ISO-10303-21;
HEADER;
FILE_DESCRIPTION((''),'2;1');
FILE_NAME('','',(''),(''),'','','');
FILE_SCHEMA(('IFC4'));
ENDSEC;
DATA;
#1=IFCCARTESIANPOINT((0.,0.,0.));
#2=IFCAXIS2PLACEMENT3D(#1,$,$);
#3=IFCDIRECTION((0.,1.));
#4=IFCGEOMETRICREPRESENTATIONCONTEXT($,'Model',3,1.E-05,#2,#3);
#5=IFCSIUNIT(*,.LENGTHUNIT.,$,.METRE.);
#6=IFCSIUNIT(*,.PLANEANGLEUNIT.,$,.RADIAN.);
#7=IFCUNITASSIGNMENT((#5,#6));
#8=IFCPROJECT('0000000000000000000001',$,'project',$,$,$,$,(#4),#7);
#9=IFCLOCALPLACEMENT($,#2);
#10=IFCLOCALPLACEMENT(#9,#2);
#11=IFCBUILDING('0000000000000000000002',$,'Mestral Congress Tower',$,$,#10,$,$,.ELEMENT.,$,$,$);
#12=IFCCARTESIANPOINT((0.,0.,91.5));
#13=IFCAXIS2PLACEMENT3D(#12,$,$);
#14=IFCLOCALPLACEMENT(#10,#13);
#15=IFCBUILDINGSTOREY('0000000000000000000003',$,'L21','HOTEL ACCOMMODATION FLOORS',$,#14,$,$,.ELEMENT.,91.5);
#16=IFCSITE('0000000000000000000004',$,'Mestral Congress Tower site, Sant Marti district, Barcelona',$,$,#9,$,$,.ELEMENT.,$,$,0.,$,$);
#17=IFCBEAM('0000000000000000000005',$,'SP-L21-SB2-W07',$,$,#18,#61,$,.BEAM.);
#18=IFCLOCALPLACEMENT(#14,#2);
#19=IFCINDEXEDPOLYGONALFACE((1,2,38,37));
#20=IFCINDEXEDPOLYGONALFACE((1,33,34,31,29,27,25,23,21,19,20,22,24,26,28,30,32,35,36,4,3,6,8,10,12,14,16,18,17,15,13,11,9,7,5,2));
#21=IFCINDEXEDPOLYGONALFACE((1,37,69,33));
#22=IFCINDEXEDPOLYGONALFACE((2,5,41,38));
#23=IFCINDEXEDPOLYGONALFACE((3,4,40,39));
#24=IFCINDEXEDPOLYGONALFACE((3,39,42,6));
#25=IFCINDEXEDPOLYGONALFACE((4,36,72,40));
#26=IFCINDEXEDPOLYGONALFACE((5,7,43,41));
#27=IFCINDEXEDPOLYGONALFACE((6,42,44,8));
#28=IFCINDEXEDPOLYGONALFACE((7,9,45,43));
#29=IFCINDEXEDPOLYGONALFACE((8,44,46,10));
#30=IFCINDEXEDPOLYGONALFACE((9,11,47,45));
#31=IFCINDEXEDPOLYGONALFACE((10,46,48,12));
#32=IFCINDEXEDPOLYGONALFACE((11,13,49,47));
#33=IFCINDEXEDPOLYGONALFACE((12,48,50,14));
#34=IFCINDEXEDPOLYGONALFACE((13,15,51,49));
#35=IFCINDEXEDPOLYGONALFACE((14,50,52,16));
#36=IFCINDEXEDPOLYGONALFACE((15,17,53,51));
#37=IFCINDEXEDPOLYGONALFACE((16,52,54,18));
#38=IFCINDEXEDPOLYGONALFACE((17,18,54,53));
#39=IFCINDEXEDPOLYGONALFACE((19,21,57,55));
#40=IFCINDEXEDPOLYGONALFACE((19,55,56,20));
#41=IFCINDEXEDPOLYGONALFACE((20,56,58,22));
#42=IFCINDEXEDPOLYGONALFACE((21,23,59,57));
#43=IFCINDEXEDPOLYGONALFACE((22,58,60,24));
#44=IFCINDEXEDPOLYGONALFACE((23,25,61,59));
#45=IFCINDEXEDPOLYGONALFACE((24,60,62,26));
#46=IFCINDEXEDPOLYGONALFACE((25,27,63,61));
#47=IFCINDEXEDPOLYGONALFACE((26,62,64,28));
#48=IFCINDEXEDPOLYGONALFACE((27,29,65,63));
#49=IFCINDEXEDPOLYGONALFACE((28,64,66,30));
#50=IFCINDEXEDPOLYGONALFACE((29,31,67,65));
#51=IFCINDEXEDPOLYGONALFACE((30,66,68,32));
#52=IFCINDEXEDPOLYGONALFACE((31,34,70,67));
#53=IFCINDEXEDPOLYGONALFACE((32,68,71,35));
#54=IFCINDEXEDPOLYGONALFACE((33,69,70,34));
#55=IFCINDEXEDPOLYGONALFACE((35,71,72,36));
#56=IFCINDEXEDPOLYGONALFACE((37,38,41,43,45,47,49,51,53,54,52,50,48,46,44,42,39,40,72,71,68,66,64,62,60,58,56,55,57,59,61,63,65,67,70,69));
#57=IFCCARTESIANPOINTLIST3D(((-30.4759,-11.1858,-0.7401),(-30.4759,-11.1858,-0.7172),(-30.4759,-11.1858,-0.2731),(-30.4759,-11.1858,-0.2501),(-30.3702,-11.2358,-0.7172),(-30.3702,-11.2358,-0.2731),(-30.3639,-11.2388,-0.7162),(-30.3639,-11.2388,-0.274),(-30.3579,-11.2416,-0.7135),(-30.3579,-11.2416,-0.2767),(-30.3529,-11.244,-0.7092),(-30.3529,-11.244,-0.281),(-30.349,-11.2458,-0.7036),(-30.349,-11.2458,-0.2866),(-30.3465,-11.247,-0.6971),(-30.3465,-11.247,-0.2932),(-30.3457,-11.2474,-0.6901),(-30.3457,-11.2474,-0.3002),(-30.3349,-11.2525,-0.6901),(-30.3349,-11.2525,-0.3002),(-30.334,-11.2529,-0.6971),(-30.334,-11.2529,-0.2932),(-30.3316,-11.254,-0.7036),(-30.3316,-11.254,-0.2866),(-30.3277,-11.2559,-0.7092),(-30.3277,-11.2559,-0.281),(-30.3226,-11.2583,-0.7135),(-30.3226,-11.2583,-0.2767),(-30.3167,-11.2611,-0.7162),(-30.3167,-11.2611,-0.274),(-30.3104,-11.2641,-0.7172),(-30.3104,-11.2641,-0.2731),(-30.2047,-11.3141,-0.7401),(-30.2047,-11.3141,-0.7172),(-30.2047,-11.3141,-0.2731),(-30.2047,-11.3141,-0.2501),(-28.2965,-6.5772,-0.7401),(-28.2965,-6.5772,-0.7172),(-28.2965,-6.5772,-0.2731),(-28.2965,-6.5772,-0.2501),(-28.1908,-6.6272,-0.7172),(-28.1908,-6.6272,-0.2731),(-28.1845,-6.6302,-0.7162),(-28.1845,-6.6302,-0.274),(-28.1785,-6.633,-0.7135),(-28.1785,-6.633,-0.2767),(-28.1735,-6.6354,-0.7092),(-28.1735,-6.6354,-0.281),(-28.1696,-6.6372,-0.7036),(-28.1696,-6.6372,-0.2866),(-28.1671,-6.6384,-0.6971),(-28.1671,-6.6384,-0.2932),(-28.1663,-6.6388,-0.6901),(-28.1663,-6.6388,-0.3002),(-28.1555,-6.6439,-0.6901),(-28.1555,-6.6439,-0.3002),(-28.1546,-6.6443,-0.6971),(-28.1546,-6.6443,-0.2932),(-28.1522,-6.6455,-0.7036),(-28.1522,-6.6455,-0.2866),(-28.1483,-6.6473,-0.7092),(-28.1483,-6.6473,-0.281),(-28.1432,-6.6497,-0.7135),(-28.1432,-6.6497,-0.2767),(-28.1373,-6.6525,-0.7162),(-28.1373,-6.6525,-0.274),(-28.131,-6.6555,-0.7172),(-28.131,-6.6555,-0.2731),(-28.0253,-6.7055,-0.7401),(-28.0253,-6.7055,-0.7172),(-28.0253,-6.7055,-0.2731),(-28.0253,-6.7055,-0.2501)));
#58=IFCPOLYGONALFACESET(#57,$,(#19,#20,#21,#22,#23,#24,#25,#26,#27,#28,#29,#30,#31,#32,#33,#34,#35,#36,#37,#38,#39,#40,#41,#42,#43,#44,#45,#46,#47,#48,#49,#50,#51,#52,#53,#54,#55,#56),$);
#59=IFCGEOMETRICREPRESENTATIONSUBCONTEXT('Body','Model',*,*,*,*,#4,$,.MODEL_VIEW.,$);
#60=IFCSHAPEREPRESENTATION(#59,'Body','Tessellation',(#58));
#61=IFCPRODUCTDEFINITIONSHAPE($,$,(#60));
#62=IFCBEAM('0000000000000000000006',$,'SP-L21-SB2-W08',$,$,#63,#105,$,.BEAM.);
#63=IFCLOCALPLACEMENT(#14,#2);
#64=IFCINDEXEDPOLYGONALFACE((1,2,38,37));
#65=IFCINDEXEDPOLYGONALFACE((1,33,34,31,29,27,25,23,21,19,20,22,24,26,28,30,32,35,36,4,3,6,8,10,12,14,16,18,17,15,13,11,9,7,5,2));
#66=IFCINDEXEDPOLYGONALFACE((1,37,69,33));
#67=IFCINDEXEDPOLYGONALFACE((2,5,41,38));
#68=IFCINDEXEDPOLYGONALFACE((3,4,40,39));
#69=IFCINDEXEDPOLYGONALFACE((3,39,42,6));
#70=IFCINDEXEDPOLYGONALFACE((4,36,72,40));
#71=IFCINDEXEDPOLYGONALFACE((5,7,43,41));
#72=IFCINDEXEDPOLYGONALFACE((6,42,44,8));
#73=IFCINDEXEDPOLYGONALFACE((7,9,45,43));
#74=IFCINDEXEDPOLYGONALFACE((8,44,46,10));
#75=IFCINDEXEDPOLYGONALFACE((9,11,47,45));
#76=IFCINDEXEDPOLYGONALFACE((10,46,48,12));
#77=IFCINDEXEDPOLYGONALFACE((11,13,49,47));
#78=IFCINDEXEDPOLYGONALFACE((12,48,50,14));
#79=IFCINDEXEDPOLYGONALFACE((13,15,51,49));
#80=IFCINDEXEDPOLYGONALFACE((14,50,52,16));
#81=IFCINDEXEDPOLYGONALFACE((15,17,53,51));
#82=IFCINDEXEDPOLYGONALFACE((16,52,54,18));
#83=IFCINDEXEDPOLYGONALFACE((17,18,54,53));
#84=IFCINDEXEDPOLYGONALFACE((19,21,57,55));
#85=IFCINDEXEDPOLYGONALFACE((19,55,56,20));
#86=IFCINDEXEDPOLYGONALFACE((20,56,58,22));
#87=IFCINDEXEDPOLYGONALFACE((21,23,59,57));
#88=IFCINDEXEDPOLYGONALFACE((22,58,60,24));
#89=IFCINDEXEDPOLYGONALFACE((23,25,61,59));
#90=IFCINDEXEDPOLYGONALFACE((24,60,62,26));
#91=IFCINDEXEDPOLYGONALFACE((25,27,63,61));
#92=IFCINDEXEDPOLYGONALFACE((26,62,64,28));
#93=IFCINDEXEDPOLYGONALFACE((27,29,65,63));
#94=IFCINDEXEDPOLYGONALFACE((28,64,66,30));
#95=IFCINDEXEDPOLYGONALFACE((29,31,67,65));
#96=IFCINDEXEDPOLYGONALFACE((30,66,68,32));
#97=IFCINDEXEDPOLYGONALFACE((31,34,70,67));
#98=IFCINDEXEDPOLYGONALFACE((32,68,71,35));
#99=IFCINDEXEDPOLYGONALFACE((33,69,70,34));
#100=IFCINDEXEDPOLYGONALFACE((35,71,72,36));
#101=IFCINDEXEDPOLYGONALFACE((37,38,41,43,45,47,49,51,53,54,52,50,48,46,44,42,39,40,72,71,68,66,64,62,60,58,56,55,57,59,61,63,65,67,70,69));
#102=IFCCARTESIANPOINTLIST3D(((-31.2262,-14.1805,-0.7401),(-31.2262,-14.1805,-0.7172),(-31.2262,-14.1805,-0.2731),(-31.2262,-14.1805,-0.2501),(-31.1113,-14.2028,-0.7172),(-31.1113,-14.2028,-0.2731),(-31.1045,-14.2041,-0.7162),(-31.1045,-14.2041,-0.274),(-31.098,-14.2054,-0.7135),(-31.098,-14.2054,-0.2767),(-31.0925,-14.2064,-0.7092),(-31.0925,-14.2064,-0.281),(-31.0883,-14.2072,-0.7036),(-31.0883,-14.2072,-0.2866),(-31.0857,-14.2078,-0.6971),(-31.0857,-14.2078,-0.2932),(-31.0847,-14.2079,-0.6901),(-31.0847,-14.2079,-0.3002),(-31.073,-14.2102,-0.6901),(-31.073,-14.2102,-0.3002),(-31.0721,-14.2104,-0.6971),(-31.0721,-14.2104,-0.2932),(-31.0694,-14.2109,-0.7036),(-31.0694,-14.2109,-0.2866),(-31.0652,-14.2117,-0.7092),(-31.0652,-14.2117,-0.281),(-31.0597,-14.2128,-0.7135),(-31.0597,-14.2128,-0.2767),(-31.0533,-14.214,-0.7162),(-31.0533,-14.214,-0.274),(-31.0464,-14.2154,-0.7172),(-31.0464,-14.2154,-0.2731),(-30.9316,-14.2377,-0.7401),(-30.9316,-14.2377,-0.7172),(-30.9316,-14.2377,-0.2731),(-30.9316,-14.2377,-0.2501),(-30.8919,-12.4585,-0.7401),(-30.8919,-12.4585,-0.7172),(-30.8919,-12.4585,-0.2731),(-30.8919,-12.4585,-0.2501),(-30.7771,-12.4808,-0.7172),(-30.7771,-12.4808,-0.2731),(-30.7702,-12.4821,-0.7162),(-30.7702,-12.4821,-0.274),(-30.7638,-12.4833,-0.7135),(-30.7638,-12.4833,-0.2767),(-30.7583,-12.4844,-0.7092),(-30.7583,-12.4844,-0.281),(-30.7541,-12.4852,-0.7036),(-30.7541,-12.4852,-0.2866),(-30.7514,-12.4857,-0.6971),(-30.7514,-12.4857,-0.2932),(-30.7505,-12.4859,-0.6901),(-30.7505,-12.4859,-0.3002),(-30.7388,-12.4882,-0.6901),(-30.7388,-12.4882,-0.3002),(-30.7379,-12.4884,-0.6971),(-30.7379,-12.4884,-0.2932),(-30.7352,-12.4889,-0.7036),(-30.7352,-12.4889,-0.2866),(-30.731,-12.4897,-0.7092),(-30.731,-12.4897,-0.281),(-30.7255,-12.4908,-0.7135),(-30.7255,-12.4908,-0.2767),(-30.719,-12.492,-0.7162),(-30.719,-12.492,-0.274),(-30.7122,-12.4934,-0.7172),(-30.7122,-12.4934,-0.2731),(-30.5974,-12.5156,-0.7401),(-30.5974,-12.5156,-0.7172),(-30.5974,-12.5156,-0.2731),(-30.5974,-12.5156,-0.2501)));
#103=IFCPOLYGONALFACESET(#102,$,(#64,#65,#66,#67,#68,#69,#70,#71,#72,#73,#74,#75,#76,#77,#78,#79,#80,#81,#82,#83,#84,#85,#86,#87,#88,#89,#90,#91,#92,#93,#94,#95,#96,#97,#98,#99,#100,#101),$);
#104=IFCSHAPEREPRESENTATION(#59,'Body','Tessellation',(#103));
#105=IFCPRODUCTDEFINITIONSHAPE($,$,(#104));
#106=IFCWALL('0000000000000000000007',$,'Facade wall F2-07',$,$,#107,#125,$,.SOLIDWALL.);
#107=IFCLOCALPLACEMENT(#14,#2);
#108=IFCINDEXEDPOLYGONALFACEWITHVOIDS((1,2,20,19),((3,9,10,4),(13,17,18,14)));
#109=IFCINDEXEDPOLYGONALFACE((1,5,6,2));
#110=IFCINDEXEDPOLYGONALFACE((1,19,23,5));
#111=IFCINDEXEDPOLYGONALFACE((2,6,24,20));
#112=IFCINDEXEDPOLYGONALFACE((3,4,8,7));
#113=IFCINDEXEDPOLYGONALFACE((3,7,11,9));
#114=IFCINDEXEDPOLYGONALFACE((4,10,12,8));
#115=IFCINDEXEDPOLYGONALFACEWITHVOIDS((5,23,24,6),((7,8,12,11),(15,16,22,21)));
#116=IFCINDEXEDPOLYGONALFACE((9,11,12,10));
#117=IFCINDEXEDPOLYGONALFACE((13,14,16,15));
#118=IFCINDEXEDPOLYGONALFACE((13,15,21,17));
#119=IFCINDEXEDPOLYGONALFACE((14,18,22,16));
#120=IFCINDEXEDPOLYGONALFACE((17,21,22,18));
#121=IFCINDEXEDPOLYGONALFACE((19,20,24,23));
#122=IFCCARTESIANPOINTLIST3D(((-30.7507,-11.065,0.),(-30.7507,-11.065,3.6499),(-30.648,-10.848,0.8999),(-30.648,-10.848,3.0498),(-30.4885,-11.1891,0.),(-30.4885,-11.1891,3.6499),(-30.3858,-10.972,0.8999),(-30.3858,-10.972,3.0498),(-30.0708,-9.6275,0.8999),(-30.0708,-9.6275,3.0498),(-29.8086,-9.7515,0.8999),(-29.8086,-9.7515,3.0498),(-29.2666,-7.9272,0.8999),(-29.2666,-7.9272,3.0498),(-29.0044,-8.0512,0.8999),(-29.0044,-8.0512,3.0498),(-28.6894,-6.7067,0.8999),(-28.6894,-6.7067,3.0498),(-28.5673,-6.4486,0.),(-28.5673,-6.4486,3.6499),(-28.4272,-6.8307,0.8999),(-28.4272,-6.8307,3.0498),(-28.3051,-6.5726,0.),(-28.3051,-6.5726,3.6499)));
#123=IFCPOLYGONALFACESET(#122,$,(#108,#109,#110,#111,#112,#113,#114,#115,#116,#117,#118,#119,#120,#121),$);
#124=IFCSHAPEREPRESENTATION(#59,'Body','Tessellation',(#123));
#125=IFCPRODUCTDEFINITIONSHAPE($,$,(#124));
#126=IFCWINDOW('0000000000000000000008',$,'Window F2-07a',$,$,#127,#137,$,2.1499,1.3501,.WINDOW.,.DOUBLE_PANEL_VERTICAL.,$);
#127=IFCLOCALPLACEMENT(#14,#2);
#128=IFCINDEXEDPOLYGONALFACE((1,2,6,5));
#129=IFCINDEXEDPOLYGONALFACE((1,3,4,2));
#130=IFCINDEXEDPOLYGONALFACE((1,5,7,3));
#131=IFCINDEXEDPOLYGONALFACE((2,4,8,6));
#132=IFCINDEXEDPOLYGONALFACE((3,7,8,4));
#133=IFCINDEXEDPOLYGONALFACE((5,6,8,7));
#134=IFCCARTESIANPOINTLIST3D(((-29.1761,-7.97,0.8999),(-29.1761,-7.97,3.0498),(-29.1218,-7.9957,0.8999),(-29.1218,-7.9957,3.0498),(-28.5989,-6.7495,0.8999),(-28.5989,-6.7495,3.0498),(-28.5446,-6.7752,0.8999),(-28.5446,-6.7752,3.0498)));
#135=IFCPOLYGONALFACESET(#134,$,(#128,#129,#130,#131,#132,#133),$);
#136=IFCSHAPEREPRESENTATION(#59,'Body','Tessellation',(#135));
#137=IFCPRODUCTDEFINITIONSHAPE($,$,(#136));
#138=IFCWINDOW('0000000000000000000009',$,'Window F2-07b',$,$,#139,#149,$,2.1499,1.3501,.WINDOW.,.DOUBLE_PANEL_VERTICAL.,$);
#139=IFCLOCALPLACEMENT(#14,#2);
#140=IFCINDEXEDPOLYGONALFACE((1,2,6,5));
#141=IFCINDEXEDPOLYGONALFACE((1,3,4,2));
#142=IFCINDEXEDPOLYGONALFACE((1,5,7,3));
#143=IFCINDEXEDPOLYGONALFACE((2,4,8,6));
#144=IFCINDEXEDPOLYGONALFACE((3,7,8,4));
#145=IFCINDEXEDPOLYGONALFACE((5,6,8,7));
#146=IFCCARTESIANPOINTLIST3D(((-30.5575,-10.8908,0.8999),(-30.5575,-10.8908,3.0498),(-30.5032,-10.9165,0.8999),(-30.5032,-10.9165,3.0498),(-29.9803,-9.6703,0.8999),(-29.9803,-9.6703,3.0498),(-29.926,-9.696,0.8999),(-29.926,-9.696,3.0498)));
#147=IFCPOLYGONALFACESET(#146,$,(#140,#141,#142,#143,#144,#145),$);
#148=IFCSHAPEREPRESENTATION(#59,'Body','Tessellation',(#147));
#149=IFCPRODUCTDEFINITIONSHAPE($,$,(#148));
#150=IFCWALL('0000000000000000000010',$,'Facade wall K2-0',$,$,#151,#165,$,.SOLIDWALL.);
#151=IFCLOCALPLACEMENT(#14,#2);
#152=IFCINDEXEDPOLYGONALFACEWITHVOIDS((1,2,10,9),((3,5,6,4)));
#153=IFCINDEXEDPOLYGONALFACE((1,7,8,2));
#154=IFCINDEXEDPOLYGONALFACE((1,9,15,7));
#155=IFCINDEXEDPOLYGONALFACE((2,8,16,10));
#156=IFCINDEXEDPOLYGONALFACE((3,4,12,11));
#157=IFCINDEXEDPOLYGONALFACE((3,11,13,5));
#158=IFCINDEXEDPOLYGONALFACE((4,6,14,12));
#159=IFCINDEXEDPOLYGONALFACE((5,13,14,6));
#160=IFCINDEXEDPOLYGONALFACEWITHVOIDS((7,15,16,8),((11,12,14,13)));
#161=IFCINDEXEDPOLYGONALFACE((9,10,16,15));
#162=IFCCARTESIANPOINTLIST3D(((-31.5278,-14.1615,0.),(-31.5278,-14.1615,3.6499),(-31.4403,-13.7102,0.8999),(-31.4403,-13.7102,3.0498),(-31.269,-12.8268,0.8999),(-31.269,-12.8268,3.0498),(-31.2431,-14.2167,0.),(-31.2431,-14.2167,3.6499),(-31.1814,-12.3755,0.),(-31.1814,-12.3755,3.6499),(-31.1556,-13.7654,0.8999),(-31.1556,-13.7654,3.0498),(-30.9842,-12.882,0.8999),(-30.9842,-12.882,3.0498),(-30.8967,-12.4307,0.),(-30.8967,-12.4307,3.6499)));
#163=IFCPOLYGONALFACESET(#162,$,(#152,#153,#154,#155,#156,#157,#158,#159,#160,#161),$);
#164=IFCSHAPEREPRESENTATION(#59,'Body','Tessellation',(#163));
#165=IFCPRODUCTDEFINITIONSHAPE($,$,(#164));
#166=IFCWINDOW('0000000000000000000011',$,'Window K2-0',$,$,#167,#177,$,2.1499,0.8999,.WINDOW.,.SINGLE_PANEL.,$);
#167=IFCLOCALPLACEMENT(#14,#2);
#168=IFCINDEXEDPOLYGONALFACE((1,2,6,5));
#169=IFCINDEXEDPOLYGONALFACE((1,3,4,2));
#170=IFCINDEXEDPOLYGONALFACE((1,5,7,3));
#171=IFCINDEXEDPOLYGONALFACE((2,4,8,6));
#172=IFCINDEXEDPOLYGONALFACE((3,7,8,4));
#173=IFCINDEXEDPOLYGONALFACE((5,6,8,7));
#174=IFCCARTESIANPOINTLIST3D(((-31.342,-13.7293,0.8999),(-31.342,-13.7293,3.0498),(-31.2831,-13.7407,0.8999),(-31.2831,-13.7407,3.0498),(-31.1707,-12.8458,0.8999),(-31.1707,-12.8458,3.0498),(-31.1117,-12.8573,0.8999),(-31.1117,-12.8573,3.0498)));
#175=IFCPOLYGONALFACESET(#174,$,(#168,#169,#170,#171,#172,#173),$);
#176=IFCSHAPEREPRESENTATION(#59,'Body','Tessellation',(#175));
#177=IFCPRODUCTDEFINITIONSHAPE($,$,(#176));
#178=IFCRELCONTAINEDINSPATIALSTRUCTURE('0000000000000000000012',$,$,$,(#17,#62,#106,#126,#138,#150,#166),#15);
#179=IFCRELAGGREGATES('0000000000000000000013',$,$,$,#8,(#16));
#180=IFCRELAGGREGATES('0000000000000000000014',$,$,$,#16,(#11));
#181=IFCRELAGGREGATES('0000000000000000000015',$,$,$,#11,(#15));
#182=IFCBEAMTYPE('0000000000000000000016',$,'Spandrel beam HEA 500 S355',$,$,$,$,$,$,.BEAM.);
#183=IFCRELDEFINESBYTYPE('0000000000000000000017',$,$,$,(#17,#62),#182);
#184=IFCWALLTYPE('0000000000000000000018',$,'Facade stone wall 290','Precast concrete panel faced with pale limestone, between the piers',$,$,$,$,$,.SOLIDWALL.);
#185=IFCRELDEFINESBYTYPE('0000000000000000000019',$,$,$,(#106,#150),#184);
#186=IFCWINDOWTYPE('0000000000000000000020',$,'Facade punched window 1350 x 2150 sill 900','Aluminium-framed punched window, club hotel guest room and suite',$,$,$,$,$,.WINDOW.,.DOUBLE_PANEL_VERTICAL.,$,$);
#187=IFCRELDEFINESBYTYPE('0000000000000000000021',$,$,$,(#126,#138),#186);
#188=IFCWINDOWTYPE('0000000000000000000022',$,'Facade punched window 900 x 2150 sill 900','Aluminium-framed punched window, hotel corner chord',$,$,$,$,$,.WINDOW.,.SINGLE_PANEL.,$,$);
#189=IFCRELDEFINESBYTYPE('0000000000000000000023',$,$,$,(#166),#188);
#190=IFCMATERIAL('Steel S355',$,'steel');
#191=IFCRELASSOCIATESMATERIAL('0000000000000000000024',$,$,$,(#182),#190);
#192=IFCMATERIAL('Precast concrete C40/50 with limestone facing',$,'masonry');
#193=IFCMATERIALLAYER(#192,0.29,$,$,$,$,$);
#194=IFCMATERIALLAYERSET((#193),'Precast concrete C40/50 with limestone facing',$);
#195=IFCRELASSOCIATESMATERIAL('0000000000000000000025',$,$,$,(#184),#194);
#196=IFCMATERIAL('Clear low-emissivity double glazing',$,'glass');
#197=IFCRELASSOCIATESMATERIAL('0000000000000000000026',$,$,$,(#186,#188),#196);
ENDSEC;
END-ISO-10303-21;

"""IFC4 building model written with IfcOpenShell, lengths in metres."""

from ifc_helpers import new_model, si_unit, direction, frame, frame_2d, origin, origin_2d, place, context, subcontext, project, spatial, rectangle, i_section, extrude, material, layer, layer_set, material_profile, profile_set, type_object, element, fill, save


model = new_model("IFC4")

# Units and contexts
model_context = context("Model", 3, precision=1e-05, world=origin(), true_north=direction((0.0, 1.0)))
body_context = subcontext(model_context, "Body", "Model", "MODEL_VIEW")
ifc_project = project(units=[si_unit("LENGTHUNIT", "METRE"), si_unit("PLANEANGLEUNIT", "RADIAN")], contexts=[model_context])

# Site, building, storey
site_placement = place(None, origin())
site = spatial("IfcSite", under=ifc_project, at=site_placement, Name="Mestral Congress Tower site, Sant Marti district, Barcelona", CompositionType="ELEMENT", RefElevation=0.0)
building_placement = place(site_placement, origin())
building = spatial("IfcBuilding", under=site, at=building_placement, Name="Mestral Congress Tower", CompositionType="ELEMENT")
storey_placement = place(building_placement, frame((0.0, 0.0, 91.5)))
storey = spatial("IfcBuildingStorey", under=building, at=storey_placement, Name="L21", Description="HOTEL ACCOMMODATION FLOORS", CompositionType="ELEMENT", Elevation=91.5)

# Beams
ifc_material_1 = material(Name="Steel S355", Category="steel")
ifc_material_profile_1 = material_profile(ifc_material_1, i_section(OverallWidth=0.3, OverallDepth=0.49, WebThickness=0.012, FlangeThickness=0.0229, FilletRadius=0.0271, at=origin_2d()), Name="HEA 500")
ifc_profile_set_1 = profile_set([ifc_material_profile_1], Name="Steel S355")
beam_type_1 = type_object("IfcBeamType", Name="Spandrel beam HEA 500 S355", PredefinedType="BEAM", material=ifc_profile_set_1)
beam_1_placement = place(storey_placement, frame((-28.1609, -6.6414, -0.4951), z_axis=(-0.42751, -0.904011, 0.0), x_axis=(0.904011, -0.42751, 0.0)))
element("IfcBeam", 1, at=beam_1_placement, inside=storey, type_object=beam_type_1, Name="SP-L21-SB2-W07", PredefinedType="BEAM", context=body_context, shape_type="SweptSolid", body=[
    extrude(i_section(OverallWidth=0.3, OverallDepth=0.49, WebThickness=0.012, FlangeThickness=0.0229, FilletRadius=0.0271, at=origin_2d()), origin(), (0.0, 0.0, 1.0), 5.0979),
])
beam_2_placement = place(storey_placement, frame((-30.7446, -12.4871, -0.4951), z_axis=(-0.190546, -0.981678, 0.0), x_axis=(0.981678, -0.190546, 0.0)))
element("IfcBeam", 2, at=beam_2_placement, inside=storey, type_object=beam_type_1, Name="SP-L21-SB2-W08", PredefinedType="BEAM", context=body_context, shape_type="SweptSolid", body=[
    extrude(i_section(OverallWidth=0.3, OverallDepth=0.49, WebThickness=0.012, FlangeThickness=0.0229, FilletRadius=0.0271, at=origin_2d()), origin(), (0.0, 0.0, 1.0), 1.7542),
])

# Wall, openings, windows
ifc_material_2 = material(Name="Precast concrete C40/50 with limestone facing", Category="masonry")
ifc_layer_1 = layer(ifc_material_2, 0.29)
ifc_layer_set_1 = layer_set([ifc_layer_1], Name="Precast concrete C40/50 with limestone facing")
wall_type_1 = type_object("IfcWallType", Name="Facade stone wall 290", Description="Precast concrete panel faced with pale limestone, between the piers", PredefinedType="SOLIDWALL", material=ifc_layer_set_1)
wall_1_placement = place(storey_placement, frame((-28.4363, -6.5107, 0.0), z_axis=(0.0, 0.0, 1.0), x_axis=(-0.427544, -0.903995, 0.0)))
wall_1 = element("IfcWall", 3, at=wall_1_placement, inside=storey, type_object=wall_type_1, Name="Facade wall F2-07", PredefinedType="SOLIDWALL", context=body_context, shape_type="SweptSolid", body=[
    extrude(rectangle(XDim=5.1067, YDim=0.29, at=frame_2d((2.5532, 0.0))), origin(), (0.0, 0.0, 1.0), 3.6499),
])
opening_1_placement = place(wall_1_placement, frame((0.2854, 0.0, 0.8999)))
opening_1 = element("IfcOpeningElement", 4, at=opening_1_placement, cuts=wall_1, PredefinedType="OPENING", context=body_context, shape_type="SweptSolid", body=[
    extrude(rectangle(XDim=1.3501, YDim=2.1499, at=frame_2d((0.675, 1.075))), frame((0.0, 0.155, 0.0), z_axis=(0.0, -1.0, 0.0), x_axis=(1.0, 0.0, 0.0)), (0.0, 0.0, 1.0), 0.3101),
])
opening_2_placement = place(wall_1_placement, frame((3.5164, 0.0, 0.8999)))
opening_2 = element("IfcOpeningElement", 5, at=opening_2_placement, cuts=wall_1, PredefinedType="OPENING", context=body_context, shape_type="SweptSolid", body=[
    extrude(rectangle(XDim=1.3501, YDim=2.1499, at=frame_2d((0.675, 1.075))), frame((0.0, 0.155, 0.0), z_axis=(0.0, -1.0, 0.0), x_axis=(1.0, 0.0, 0.0)), (0.0, 0.0, 1.0), 0.3101),
])
ifc_material_3 = material(Name="Clear low-emissivity double glazing", Category="glass")
window_type_1 = type_object("IfcWindowType", Name="Facade punched window 1350 x 2150 sill 900", Description="Aluminium-framed punched window, club hotel guest room and suite", PartitioningType="DOUBLE_PANEL_VERTICAL", PredefinedType="WINDOW", material=ifc_material_3)
window_1_placement = place(opening_1_placement, origin())
window_1 = element("IfcWindow", 6, at=window_1_placement, inside=storey, type_object=window_type_1, Name="Window F2-07a", OverallHeight=2.1499, OverallWidth=1.3501, PartitioningType="DOUBLE_PANEL_VERTICAL", PredefinedType="WINDOW", context=body_context, shape_type="SweptSolid", body=[
    extrude(rectangle(XDim=1.3501, YDim=2.1499, at=frame_2d((0.675, 1.075))), frame((0.0, 0.0151, 0.0), z_axis=(0.0, -1.0, 0.0), x_axis=(1.0, 0.0, 0.0)), (0.0, 0.0, 1.0), 0.0601),
])
fill(opening_1, window_1)
window_2_placement = place(opening_2_placement, origin())
window_2 = element("IfcWindow", 7, at=window_2_placement, inside=storey, type_object=window_type_1, Name="Window F2-07b", OverallHeight=2.1499, OverallWidth=1.3501, PartitioningType="DOUBLE_PANEL_VERTICAL", PredefinedType="WINDOW", context=body_context, shape_type="SweptSolid", body=[
    extrude(rectangle(XDim=1.3501, YDim=2.1499, at=frame_2d((0.675, 1.075))), frame((0.0, 0.0151, 0.0), z_axis=(0.0, -1.0, 0.0), x_axis=(1.0, 0.0, 0.0)), (0.0, 0.0, 1.0), 0.0601),
])
fill(opening_2, window_2)

# Wall, opening, window
wall_2_placement = place(storey_placement, frame((-31.0391, -12.4031, 0.0), z_axis=(0.0, 0.0, 1.0), x_axis=(-0.19041, -0.981705, 0.0)))
wall_2 = element("IfcWall", 8, at=wall_2_placement, inside=storey, type_object=wall_type_1, Name="Facade wall K2-0", PredefinedType="SOLIDWALL", context=body_context, shape_type="SweptSolid", body=[
    extrude(rectangle(XDim=1.8193, YDim=0.29, at=frame_2d((0.9097, 0.0))), origin(), (0.0, 0.0, 1.0), 3.6499),
])
opening_3_placement = place(wall_2_placement, frame((0.4597, 0.0, 0.8999)))
opening_3 = element("IfcOpeningElement", 9, at=opening_3_placement, cuts=wall_2, PredefinedType="OPENING", context=body_context, shape_type="SweptSolid", body=[
    extrude(rectangle(XDim=0.8999, YDim=2.1499, at=frame_2d((0.45, 1.075))), frame((0.0, 0.155, 0.0), z_axis=(0.0, -1.0, 0.0), x_axis=(1.0, 0.0, 0.0)), (0.0, 0.0, 1.0), 0.3101),
])
window_type_2 = type_object("IfcWindowType", Name="Facade punched window 900 x 2150 sill 900", Description="Aluminium-framed punched window, hotel corner chord", PartitioningType="SINGLE_PANEL", PredefinedType="WINDOW", material=ifc_material_3)
window_3_placement = place(opening_3_placement, origin())
window_3 = element("IfcWindow", 10, at=window_3_placement, inside=storey, type_object=window_type_2, Name="Window K2-0", OverallHeight=2.1499, OverallWidth=0.8999, PartitioningType="SINGLE_PANEL", PredefinedType="WINDOW", context=body_context, shape_type="SweptSolid", body=[
    extrude(rectangle(XDim=0.8999, YDim=2.1499, at=frame_2d((0.45, 1.075))), frame((0.0, 0.0151, 0.0), z_axis=(0.0, -1.0, 0.0), x_axis=(1.0, 0.0, 0.0)), (0.0, 0.0, 1.0), 0.0601),
])
fill(opening_3, window_3)

save(model, "model.ifc")
